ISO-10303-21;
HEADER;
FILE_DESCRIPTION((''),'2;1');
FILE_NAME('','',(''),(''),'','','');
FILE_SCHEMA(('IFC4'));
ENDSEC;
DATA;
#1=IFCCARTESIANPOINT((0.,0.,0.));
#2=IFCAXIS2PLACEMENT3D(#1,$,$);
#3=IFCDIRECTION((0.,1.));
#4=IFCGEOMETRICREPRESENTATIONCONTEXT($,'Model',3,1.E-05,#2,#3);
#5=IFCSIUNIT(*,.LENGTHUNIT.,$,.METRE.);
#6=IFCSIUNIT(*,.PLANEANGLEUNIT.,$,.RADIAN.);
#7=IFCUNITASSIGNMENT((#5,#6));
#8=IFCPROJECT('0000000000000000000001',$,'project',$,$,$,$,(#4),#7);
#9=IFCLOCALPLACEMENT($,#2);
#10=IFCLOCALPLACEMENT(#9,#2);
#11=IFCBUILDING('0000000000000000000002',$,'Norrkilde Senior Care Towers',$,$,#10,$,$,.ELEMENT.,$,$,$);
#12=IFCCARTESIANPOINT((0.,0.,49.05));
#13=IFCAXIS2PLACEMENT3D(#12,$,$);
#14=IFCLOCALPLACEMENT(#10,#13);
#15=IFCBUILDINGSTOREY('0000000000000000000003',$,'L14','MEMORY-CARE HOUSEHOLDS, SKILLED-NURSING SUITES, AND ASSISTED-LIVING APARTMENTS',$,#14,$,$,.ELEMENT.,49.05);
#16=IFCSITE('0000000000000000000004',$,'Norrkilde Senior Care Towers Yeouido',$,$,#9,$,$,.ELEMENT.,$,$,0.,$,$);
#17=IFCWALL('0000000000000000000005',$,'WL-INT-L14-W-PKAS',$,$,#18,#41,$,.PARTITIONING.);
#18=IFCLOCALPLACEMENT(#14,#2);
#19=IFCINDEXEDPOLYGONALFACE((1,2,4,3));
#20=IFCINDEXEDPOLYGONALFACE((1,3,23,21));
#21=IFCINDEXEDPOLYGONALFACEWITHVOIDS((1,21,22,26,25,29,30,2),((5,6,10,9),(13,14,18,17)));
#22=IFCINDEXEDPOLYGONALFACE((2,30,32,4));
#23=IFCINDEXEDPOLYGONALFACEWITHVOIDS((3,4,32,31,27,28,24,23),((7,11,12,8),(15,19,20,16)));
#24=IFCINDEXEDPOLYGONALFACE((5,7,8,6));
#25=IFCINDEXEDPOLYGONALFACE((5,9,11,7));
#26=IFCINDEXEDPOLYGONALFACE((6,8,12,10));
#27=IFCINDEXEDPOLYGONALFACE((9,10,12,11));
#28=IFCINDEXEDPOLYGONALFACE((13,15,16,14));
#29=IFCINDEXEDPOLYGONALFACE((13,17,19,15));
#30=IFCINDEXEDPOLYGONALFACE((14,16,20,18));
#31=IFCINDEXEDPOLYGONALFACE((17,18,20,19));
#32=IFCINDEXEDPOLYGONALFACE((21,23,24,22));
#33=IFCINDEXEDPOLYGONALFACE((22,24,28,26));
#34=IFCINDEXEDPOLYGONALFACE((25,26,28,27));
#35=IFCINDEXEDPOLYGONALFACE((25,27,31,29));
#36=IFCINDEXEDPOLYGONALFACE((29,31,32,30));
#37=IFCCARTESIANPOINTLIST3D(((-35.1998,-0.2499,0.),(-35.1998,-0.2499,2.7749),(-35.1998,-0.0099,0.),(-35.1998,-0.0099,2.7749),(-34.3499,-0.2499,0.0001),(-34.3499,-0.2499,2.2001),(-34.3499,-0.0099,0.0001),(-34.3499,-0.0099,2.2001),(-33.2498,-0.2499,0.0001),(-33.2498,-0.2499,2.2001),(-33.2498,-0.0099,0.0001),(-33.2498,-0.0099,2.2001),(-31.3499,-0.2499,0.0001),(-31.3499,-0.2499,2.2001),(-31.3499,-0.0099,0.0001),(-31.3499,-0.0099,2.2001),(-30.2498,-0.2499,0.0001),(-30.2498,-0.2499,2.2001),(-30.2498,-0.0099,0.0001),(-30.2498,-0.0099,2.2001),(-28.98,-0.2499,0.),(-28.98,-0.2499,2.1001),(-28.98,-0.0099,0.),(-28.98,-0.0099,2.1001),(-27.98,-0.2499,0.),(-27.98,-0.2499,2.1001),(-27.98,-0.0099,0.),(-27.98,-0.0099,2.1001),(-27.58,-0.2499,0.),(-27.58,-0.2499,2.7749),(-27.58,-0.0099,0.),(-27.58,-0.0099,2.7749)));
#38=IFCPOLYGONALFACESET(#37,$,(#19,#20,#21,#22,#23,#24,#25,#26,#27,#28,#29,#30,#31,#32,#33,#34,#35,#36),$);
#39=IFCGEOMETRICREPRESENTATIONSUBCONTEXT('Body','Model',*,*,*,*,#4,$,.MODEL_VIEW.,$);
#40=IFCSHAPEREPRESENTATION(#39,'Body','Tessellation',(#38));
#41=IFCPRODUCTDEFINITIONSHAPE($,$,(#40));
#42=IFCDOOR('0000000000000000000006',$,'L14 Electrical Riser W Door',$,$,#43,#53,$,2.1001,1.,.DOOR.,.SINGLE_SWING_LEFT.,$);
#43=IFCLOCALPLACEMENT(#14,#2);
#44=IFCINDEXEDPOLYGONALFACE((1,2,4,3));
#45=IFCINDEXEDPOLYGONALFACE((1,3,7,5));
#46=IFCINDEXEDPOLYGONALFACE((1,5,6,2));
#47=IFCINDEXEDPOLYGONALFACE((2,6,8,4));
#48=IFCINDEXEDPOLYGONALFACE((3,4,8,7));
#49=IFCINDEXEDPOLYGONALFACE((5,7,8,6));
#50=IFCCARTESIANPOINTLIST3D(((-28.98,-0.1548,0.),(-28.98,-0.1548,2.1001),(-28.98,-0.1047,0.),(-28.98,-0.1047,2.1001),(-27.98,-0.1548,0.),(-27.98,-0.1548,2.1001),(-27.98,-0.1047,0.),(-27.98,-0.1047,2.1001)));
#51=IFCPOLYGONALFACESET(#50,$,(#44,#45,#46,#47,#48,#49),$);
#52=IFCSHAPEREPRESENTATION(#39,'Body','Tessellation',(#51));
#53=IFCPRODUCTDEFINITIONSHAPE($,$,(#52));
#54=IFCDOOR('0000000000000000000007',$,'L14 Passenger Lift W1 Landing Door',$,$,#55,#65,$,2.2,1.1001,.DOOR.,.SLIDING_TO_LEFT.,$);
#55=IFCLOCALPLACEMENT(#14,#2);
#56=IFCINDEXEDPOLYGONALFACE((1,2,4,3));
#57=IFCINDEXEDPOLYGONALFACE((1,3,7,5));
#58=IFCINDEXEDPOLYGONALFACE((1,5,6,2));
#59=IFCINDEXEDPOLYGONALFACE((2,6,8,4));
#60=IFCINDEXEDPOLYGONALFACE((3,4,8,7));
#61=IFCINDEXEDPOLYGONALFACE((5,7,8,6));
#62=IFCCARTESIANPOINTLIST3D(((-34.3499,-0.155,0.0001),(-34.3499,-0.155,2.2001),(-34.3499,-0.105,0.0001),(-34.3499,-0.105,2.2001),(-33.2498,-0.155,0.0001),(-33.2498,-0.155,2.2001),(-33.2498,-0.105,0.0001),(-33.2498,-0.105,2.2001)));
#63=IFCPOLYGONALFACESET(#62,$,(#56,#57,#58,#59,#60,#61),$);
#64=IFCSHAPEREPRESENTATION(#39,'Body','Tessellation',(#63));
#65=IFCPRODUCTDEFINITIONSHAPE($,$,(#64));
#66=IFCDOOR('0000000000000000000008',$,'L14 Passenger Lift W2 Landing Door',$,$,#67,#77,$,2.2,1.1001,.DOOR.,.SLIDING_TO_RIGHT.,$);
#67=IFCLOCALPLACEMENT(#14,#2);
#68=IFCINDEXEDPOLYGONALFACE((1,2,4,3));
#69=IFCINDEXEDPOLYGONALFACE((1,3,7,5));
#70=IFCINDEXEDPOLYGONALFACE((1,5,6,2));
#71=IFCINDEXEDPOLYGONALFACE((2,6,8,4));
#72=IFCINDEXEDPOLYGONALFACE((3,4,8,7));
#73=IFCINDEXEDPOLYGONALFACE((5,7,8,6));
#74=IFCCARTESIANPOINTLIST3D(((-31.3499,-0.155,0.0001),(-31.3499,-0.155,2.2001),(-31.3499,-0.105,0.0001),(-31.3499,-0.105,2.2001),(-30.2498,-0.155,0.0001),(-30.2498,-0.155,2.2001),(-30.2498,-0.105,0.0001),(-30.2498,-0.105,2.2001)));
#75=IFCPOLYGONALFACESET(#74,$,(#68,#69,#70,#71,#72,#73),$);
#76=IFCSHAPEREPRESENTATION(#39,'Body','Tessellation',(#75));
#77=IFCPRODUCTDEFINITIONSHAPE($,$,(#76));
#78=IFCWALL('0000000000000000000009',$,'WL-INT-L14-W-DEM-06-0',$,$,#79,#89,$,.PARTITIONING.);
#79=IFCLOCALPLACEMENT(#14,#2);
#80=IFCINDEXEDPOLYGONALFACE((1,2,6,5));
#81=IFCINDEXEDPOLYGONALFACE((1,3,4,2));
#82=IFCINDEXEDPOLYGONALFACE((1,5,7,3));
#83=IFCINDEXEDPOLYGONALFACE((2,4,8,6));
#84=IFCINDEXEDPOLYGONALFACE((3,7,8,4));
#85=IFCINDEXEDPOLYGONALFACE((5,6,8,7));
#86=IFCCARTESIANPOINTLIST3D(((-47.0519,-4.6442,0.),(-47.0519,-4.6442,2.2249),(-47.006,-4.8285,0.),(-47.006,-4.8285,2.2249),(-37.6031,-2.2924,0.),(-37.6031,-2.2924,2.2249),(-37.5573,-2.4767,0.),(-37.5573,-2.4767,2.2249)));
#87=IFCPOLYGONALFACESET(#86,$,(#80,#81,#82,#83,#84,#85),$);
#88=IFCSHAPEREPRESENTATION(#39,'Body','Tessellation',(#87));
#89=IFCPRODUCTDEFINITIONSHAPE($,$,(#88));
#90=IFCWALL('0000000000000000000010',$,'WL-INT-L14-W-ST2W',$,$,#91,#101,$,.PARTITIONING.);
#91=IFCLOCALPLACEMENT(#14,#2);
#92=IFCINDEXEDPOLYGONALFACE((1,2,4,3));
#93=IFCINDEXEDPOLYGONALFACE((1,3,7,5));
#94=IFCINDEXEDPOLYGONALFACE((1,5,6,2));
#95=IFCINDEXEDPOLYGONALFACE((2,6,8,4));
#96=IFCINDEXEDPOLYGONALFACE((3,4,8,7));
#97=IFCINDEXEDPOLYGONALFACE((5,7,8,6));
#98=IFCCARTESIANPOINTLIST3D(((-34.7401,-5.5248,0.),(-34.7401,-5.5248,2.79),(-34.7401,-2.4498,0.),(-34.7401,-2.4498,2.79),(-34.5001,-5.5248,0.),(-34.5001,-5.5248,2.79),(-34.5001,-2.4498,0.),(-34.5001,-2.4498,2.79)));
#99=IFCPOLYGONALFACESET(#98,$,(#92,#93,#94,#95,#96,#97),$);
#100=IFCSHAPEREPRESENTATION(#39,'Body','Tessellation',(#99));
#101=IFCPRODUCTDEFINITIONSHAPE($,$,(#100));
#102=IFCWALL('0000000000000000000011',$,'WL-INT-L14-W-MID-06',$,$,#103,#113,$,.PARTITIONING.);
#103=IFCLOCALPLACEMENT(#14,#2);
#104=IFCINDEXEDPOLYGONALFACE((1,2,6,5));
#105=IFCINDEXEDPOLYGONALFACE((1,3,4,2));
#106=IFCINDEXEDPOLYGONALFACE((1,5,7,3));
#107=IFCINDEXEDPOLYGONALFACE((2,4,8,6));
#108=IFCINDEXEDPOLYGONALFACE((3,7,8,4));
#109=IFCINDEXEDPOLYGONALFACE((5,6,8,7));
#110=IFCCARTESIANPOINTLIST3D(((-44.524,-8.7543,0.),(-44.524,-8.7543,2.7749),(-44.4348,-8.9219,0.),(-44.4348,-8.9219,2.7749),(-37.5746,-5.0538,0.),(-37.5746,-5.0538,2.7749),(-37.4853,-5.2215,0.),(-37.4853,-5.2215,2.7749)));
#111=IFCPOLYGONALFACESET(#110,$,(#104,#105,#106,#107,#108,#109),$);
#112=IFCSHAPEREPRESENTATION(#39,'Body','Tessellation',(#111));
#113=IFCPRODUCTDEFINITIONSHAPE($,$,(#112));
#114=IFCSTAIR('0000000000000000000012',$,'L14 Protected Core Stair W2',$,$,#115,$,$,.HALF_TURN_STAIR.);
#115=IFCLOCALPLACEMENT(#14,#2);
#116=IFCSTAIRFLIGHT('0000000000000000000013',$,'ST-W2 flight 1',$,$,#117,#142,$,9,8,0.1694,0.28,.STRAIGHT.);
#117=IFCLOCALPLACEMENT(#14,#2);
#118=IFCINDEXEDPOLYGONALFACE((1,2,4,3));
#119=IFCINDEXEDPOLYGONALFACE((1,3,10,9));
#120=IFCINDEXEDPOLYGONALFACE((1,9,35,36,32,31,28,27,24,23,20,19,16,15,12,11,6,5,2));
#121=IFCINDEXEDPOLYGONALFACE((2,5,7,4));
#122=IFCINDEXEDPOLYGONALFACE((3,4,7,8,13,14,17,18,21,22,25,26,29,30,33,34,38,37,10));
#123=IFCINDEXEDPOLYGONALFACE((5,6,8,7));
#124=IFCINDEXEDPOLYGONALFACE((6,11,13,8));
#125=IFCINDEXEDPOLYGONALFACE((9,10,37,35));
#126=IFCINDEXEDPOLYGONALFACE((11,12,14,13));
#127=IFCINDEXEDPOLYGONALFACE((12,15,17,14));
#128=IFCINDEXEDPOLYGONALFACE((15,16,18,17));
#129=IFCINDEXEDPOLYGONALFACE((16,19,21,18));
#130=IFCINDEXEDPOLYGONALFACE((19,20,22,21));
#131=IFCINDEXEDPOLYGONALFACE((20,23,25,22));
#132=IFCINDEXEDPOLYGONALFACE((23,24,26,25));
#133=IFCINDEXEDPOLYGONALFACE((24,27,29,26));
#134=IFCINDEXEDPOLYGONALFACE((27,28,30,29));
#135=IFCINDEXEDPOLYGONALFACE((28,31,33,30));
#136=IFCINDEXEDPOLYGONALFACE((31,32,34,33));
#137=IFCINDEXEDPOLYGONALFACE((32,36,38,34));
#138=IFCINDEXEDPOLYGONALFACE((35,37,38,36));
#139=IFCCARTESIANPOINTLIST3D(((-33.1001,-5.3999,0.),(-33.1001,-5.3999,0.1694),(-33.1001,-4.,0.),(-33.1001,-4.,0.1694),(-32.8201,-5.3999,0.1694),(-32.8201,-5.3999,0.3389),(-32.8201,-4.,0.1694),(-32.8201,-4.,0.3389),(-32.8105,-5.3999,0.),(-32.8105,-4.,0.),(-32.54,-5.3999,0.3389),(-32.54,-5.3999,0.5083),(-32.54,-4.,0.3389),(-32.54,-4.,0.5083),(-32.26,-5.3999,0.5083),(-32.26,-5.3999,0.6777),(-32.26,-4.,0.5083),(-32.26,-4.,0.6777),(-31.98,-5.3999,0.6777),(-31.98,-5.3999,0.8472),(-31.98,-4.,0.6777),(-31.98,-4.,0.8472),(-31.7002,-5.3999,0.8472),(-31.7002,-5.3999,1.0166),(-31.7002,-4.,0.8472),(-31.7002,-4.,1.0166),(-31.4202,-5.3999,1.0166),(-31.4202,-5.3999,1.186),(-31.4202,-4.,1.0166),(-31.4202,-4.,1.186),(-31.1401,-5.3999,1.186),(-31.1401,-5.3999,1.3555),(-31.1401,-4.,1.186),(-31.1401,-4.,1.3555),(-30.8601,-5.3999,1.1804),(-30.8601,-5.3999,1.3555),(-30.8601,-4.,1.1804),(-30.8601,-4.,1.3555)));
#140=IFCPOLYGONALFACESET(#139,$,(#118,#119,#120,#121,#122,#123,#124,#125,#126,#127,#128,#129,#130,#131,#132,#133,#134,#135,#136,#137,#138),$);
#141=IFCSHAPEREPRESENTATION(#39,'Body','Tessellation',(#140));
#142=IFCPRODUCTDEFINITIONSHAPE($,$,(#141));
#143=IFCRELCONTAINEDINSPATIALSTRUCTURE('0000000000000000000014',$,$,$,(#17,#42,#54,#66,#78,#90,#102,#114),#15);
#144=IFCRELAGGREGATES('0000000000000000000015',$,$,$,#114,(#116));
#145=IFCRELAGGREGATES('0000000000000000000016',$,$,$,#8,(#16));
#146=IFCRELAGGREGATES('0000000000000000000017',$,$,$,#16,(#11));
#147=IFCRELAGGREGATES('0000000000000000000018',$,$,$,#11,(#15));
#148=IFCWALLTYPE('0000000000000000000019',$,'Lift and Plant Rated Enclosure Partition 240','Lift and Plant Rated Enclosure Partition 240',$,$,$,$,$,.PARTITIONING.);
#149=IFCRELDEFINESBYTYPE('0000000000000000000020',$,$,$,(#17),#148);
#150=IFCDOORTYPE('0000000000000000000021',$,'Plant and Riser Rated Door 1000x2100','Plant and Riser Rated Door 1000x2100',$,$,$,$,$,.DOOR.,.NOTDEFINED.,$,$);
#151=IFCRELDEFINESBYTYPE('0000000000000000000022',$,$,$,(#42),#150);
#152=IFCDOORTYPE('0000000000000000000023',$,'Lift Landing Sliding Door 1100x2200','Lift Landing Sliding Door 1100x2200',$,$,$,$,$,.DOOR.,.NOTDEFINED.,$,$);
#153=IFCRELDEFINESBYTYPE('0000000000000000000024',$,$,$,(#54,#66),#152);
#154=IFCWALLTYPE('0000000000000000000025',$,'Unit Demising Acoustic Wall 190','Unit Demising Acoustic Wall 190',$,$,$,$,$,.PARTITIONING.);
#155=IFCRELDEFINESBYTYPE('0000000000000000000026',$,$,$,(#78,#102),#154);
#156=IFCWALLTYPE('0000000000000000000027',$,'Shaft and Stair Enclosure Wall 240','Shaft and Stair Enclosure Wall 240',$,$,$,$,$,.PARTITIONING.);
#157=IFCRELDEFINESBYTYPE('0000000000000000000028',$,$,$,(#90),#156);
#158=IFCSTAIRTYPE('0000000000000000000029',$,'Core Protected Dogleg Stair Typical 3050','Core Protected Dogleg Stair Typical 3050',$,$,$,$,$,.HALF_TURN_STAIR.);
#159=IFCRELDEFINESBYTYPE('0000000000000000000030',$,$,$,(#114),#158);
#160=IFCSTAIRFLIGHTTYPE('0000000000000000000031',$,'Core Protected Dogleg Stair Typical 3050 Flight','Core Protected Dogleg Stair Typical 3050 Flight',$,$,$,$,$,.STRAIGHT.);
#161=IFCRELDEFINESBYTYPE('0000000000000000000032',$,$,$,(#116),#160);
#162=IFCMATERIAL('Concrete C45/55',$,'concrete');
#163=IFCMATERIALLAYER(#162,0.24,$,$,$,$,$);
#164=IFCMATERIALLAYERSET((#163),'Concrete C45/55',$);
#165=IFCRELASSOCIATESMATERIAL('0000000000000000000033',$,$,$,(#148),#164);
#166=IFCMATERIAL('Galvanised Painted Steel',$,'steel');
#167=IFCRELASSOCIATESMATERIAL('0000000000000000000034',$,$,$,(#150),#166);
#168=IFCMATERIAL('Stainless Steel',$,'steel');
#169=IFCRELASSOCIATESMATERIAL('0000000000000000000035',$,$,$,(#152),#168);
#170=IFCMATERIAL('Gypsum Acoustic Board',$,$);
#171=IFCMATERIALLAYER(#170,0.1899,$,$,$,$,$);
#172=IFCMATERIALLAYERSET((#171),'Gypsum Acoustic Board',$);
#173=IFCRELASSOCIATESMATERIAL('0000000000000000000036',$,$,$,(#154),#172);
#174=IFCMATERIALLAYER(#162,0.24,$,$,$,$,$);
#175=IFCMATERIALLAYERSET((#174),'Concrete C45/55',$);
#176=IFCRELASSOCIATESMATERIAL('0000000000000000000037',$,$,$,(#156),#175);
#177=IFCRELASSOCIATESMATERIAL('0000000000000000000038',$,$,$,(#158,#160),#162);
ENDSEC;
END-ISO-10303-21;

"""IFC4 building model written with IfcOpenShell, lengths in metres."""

from ifc_helpers import new_model, si_unit, direction, frame, frame_2d, origin, place, context, subcontext, project, spatial, polyline, rectangle, outline, extrude, source, transform, mapped, material, layer, layer_set, type_object, type_shapes, element, fill, aggregate, save


model = new_model("IFC4")

# Units and contexts
model_context = context("Model", 3, precision=1e-05, world=origin(), true_north=direction((0.0, 1.0)))
body_context = subcontext(model_context, "Body", "Model", "MODEL_VIEW")
ifc_project = project(units=[si_unit("LENGTHUNIT", "METRE"), si_unit("PLANEANGLEUNIT", "RADIAN")], contexts=[model_context])

# Site, building, storey
site_placement = place(None, origin())
site = spatial("IfcSite", under=ifc_project, at=site_placement, Name="Norrkilde Senior Care Towers Yeouido", CompositionType="ELEMENT", RefElevation=0.0)
building_placement = place(site_placement, origin())
building = spatial("IfcBuilding", under=site, at=building_placement, Name="Norrkilde Senior Care Towers", CompositionType="ELEMENT")
storey_placement = place(building_placement, frame((0.0, 0.0, 49.05)))
storey = spatial("IfcBuildingStorey", under=building, at=storey_placement, Name="L14", Description="MEMORY-CARE HOUSEHOLDS, SKILLED-NURSING SUITES, AND ASSISTED-LIVING APARTMENTS", CompositionType="ELEMENT", Elevation=49.05)

# Shared definitions
ifc_material_1 = material(Name="Galvanised Painted Steel", Category="steel")

# Wall, openings, doors
ifc_material_2 = material(Name="Concrete C45/55", Category="concrete")
ifc_layer_1 = layer(ifc_material_2, 0.24)
ifc_layer_set_1 = layer_set([ifc_layer_1], Name="Concrete C45/55")
wall_type_1 = type_object("IfcWallType", Name="Lift and Plant Rated Enclosure Partition 240", Description="Lift and Plant Rated Enclosure Partition 240", PredefinedType="PARTITIONING", material=ifc_layer_set_1)
shared_shape_1 = source(origin(), body_context, "Body", "SweptSolid", [
    extrude(rectangle(XDim=7.6199, YDim=0.24, at=frame_2d((3.8101, 0.0))), origin(), (0.0, 0.0, 1.0), 2.7749),
])
type_shapes(wall_type_1, [shared_shape_1])
wall_1_placement = place(storey_placement, frame((-35.2, -0.1299, 0.0), z_axis=(0.0, 0.0, 1.0), x_axis=(1.0, 0.0, 0.0)))
wall_1 = element("IfcWall", 1, at=wall_1_placement, inside=storey, type_object=wall_type_1, Name="WL-INT-L14-W-PKAS", PredefinedType="PARTITIONING", context=body_context, shape_type="MappedRepresentation", body=[
    mapped(shared_shape_1, transform((0.0, 0.0, 0.0), x_axis=(1.0, 0.0, 0.0), y_axis=(0.0, 1.0, 0.0), z_axis=(0.0, 0.0, 1.0), scale=1.0)),
])
opening_1_placement = place(wall_1_placement, frame((6.22, 0.0, 0.0)))
opening_1 = element("IfcOpeningElement", 2, at=opening_1_placement, cuts=wall_1, PredefinedType="OPENING", context=body_context, shape_type="SweptSolid", body=[
    extrude(rectangle(XDim=1.0, YDim=2.1001, at=frame_2d((0.5, 1.05))), frame((0.0, 0.1299, 0.0), z_axis=(0.0, -1.0, 0.0), x_axis=(1.0, 0.0, 0.0)), (0.0, 0.0, 1.0), 0.26),
])
opening_2_placement = place(wall_1_placement, frame((0.8501, 0.0, 0.0)))
opening_2 = element("IfcOpeningElement", 3, at=opening_2_placement, cuts=wall_1, PredefinedType="OPENING", context=body_context, shape_type="SweptSolid", body=[
    extrude(rectangle(XDim=1.1001, YDim=2.2, at=frame_2d((0.55, 1.1001))), frame((0.0, 0.1299, 0.0), z_axis=(0.0, -1.0, 0.0), x_axis=(1.0, 0.0, 0.0)), (0.0, 0.0, 1.0), 0.26),
])
opening_3_placement = place(wall_1_placement, frame((3.8501, 0.0, 0.0)))
opening_3 = element("IfcOpeningElement", 4, at=opening_3_placement, cuts=wall_1, PredefinedType="OPENING", context=body_context, shape_type="SweptSolid", body=[
    extrude(rectangle(XDim=1.1001, YDim=2.2, at=frame_2d((0.55, 1.1001))), frame((0.0, 0.1299, 0.0), z_axis=(0.0, -1.0, 0.0), x_axis=(1.0, 0.0, 0.0)), (0.0, 0.0, 1.0), 0.26),
])
door_type_1 = type_object("IfcDoorType", Name="Plant and Riser Rated Door 1000x2100", Description="Plant and Riser Rated Door 1000x2100", OperationType="NOTDEFINED", PredefinedType="DOOR", material=ifc_material_1)
shared_shape_2 = source(origin(), body_context, "Body", "SweptSolid", [
    extrude(rectangle(XDim=1.0, YDim=2.1001, at=frame_2d((0.5, 1.05))), frame((0.0, 0.0249, 0.0), z_axis=(0.0, -1.0, 0.0), x_axis=(1.0, 0.0, 0.0)), (0.0, 0.0, 1.0), 0.05),
])
type_shapes(door_type_1, [shared_shape_2])
door_1_placement = place(opening_1_placement, frame((1.0, 0.0, 0.0), z_axis=(0.0, 0.0, 1.0), x_axis=(-1.0, 0.0, 0.0)))
door_1 = element("IfcDoor", 5, at=door_1_placement, inside=storey, type_object=door_type_1, Name="L14 Electrical Riser W Door", OperationType="SINGLE_SWING_LEFT", OverallHeight=2.1001, OverallWidth=1.0, PredefinedType="DOOR", context=body_context, shape_type="MappedRepresentation", body=[
    mapped(shared_shape_2, transform((0.0, 0.0, 0.0), x_axis=(1.0, 0.0, 0.0), y_axis=(0.0, 1.0, 0.0), z_axis=(0.0, 0.0, 1.0), scale=1.0)),
])
fill(opening_1, door_1)
ifc_material_3 = material(Name="Stainless Steel", Category="steel")
door_type_2 = type_object("IfcDoorType", Name="Lift Landing Sliding Door 1100x2200", Description="Lift Landing Sliding Door 1100x2200", OperationType="NOTDEFINED", PredefinedType="DOOR", material=ifc_material_3)
shared_shape_3 = source(origin(), body_context, "Body", "SweptSolid", [
    extrude(rectangle(XDim=1.1001, YDim=2.2, at=frame_2d((0.55, 1.1001))), frame((0.0, 0.0249, 0.0), z_axis=(0.0, -1.0, 0.0), x_axis=(1.0, 0.0, 0.0)), (0.0, 0.0, 1.0), 0.05),
])
type_shapes(door_type_2, [shared_shape_3])
door_2_placement = place(opening_2_placement, origin())
door_2 = element("IfcDoor", 6, at=door_2_placement, inside=storey, type_object=door_type_2, Name="L14 Passenger Lift W1 Landing Door", OperationType="SLIDING_TO_LEFT", OverallHeight=2.2, OverallWidth=1.1001, PredefinedType="DOOR", context=body_context, shape_type="MappedRepresentation", body=[
    mapped(shared_shape_3, transform((0.0, 0.0, 0.0), x_axis=(1.0, 0.0, 0.0), y_axis=(0.0, 1.0, 0.0), z_axis=(0.0, 0.0, 1.0), scale=1.0)),
])
fill(opening_2, door_2)
door_3_placement = place(opening_3_placement, origin())
door_3 = element("IfcDoor", 7, at=door_3_placement, inside=storey, type_object=door_type_2, Name="L14 Passenger Lift W2 Landing Door", OperationType="SLIDING_TO_RIGHT", OverallHeight=2.2, OverallWidth=1.1001, PredefinedType="DOOR", context=body_context, shape_type="MappedRepresentation", body=[
    mapped(shared_shape_3, transform((0.0, 0.0, 0.0), x_axis=(1.0, 0.0, 0.0), y_axis=(0.0, 1.0, 0.0), z_axis=(0.0, 0.0, 1.0), scale=1.0)),
])
fill(opening_3, door_3)

# Wall
ifc_material_4 = material(Name="Gypsum Acoustic Board")
ifc_layer_2 = layer(ifc_material_4, 0.1899)
ifc_layer_set_2 = layer_set([ifc_layer_2], Name="Gypsum Acoustic Board")
wall_type_2 = type_object("IfcWallType", Name="Unit Demising Acoustic Wall 190", Description="Unit Demising Acoustic Wall 190", PredefinedType="PARTITIONING", material=ifc_layer_set_2)
shared_shape_4 = source(origin(), body_context, "Body", "SweptSolid", [
    extrude(rectangle(XDim=9.7371, YDim=0.1899, at=frame_2d((4.8687, 0.0))), origin(), (0.0, 0.0, 1.0), 2.2249),
])
wall_2_placement = place(storey_placement, frame((-37.5801, -2.3845, 0.0), z_axis=(0.0, 0.0, 1.0), x_axis=(-0.970393, -0.241533, 0.0)))
element("IfcWall", 8, at=wall_2_placement, inside=storey, type_object=wall_type_2, Name="WL-INT-L14-W-DEM-06-0", PredefinedType="PARTITIONING", context=body_context, shape_type="MappedRepresentation", body=[
    mapped(shared_shape_4, transform((0.0, 0.0, 0.0), x_axis=(1.0, 0.0, 0.0), y_axis=(0.0, 1.0, 0.0), z_axis=(0.0, 0.0, 1.0), scale=1.0)),
])

# Shared definitions
ifc_layer_3 = layer(ifc_material_2, 0.24)
ifc_layer_set_3 = layer_set([ifc_layer_3], Name="Concrete C45/55")
wall_type_3 = type_object("IfcWallType", Name="Shaft and Stair Enclosure Wall 240", Description="Shaft and Stair Enclosure Wall 240", PredefinedType="PARTITIONING", material=ifc_layer_set_3)

# Walls
shared_shape_5 = source(origin(), body_context, "Body", "SweptSolid", [
    extrude(rectangle(XDim=3.075, YDim=0.24, at=frame_2d((1.5376, 0.0))), origin(), (0.0, 0.0, 1.0), 2.79),
])
wall_3_placement = place(storey_placement, frame((-34.6201, -5.5249, 0.0), z_axis=(0.0, 0.0, 1.0), x_axis=(0.0, 1.0, 0.0)))
element("IfcWall", 9, at=wall_3_placement, inside=storey, type_object=wall_type_3, Name="WL-INT-L14-W-ST2W", PredefinedType="PARTITIONING", context=body_context, shape_type="MappedRepresentation", body=[
    mapped(shared_shape_5, transform((0.0, 0.0, 0.0), x_axis=(1.0, 0.0, 0.0), y_axis=(0.0, 1.0, 0.0), z_axis=(0.0, 0.0, 1.0), scale=1.0)),
])
shared_shape_6 = source(origin(), body_context, "Body", "SweptSolid", [
    extrude(rectangle(XDim=7.8733, YDim=0.1899, at=frame_2d((3.9365, 0.0))), origin(), (0.0, 0.0, 1.0), 2.7749),
])
type_shapes(wall_type_2, [shared_shape_4, shared_shape_6])
wall_4_placement = place(storey_placement, frame((-37.53, -5.1377, 0.0), z_axis=(0.0, 0.0, 1.0), x_axis=(-0.882666, -0.470001, 0.0)))
element("IfcWall", 10, at=wall_4_placement, inside=storey, type_object=wall_type_2, Name="WL-INT-L14-W-MID-06", PredefinedType="PARTITIONING", context=body_context, shape_type="MappedRepresentation", body=[
    mapped(shared_shape_6, transform((0.0, 0.0, 0.0), x_axis=(1.0, 0.0, 0.0), y_axis=(0.0, 1.0, 0.0), z_axis=(0.0, 0.0, 1.0), scale=1.0)),
])

# Stair, stair flight
stair_type = type_object("IfcStairType", Name="Core Protected Dogleg Stair Typical 3050", Description="Core Protected Dogleg Stair Typical 3050", PredefinedType="HALF_TURN_STAIR", material=ifc_material_2)
stair_placement = place(storey_placement, origin())
stair = element("IfcStair", 11, at=stair_placement, inside=storey, type_object=stair_type, Name="L14 Protected Core Stair W2", PredefinedType="HALF_TURN_STAIR")
stair_flight_type = type_object("IfcStairFlightType", Name="Core Protected Dogleg Stair Typical 3050 Flight", Description="Core Protected Dogleg Stair Typical 3050 Flight", PredefinedType="STRAIGHT", material=ifc_material_2)
stair_flight_1_placement = place(storey_placement, frame((-33.1001, -4.7, 0.0), z_axis=(0.0, 0.0, 1.0), x_axis=(1.0, 0.0, 0.0)))
stair_flight_1 = element("IfcStairFlight", 12, at=stair_flight_1_placement, type_object=stair_flight_type, Name="ST-W2 flight 1", NumberOfRisers=9, NumberOfTreads=8, PredefinedType="STRAIGHT", RiserHeight=0.1694, TreadLength=0.28, context=body_context, shape_type="SweptSolid", body=[
    extrude(outline(polyline([(0.0, 0.0), (0.0, 0.1694), (0.28, 0.1694), (0.28, 0.3389), (0.5601, 0.3389), (0.5601, 0.5083), (0.8401, 0.5083), (0.8401, 0.6777), (1.1201, 0.6777), (1.1201, 0.8472), (1.3999, 0.8472), (1.3999, 1.0166), (1.6799, 1.0166), (1.6799, 1.186), (1.96, 1.186), (1.96, 1.3555), (2.24, 1.3555), (2.24, 1.5249), (2.24, 1.1804), (0.2896, 0.0), (0.0, 0.0)])), frame((0.0, 0.7, 0.0), z_axis=(0.0, -1.0, 0.0), x_axis=(1.0, 0.0, 0.0)), (0.0, 0.0, 1.0), 1.3999),
])
aggregate(stair, [stair_flight_1])

save(model, "model.ifc")
